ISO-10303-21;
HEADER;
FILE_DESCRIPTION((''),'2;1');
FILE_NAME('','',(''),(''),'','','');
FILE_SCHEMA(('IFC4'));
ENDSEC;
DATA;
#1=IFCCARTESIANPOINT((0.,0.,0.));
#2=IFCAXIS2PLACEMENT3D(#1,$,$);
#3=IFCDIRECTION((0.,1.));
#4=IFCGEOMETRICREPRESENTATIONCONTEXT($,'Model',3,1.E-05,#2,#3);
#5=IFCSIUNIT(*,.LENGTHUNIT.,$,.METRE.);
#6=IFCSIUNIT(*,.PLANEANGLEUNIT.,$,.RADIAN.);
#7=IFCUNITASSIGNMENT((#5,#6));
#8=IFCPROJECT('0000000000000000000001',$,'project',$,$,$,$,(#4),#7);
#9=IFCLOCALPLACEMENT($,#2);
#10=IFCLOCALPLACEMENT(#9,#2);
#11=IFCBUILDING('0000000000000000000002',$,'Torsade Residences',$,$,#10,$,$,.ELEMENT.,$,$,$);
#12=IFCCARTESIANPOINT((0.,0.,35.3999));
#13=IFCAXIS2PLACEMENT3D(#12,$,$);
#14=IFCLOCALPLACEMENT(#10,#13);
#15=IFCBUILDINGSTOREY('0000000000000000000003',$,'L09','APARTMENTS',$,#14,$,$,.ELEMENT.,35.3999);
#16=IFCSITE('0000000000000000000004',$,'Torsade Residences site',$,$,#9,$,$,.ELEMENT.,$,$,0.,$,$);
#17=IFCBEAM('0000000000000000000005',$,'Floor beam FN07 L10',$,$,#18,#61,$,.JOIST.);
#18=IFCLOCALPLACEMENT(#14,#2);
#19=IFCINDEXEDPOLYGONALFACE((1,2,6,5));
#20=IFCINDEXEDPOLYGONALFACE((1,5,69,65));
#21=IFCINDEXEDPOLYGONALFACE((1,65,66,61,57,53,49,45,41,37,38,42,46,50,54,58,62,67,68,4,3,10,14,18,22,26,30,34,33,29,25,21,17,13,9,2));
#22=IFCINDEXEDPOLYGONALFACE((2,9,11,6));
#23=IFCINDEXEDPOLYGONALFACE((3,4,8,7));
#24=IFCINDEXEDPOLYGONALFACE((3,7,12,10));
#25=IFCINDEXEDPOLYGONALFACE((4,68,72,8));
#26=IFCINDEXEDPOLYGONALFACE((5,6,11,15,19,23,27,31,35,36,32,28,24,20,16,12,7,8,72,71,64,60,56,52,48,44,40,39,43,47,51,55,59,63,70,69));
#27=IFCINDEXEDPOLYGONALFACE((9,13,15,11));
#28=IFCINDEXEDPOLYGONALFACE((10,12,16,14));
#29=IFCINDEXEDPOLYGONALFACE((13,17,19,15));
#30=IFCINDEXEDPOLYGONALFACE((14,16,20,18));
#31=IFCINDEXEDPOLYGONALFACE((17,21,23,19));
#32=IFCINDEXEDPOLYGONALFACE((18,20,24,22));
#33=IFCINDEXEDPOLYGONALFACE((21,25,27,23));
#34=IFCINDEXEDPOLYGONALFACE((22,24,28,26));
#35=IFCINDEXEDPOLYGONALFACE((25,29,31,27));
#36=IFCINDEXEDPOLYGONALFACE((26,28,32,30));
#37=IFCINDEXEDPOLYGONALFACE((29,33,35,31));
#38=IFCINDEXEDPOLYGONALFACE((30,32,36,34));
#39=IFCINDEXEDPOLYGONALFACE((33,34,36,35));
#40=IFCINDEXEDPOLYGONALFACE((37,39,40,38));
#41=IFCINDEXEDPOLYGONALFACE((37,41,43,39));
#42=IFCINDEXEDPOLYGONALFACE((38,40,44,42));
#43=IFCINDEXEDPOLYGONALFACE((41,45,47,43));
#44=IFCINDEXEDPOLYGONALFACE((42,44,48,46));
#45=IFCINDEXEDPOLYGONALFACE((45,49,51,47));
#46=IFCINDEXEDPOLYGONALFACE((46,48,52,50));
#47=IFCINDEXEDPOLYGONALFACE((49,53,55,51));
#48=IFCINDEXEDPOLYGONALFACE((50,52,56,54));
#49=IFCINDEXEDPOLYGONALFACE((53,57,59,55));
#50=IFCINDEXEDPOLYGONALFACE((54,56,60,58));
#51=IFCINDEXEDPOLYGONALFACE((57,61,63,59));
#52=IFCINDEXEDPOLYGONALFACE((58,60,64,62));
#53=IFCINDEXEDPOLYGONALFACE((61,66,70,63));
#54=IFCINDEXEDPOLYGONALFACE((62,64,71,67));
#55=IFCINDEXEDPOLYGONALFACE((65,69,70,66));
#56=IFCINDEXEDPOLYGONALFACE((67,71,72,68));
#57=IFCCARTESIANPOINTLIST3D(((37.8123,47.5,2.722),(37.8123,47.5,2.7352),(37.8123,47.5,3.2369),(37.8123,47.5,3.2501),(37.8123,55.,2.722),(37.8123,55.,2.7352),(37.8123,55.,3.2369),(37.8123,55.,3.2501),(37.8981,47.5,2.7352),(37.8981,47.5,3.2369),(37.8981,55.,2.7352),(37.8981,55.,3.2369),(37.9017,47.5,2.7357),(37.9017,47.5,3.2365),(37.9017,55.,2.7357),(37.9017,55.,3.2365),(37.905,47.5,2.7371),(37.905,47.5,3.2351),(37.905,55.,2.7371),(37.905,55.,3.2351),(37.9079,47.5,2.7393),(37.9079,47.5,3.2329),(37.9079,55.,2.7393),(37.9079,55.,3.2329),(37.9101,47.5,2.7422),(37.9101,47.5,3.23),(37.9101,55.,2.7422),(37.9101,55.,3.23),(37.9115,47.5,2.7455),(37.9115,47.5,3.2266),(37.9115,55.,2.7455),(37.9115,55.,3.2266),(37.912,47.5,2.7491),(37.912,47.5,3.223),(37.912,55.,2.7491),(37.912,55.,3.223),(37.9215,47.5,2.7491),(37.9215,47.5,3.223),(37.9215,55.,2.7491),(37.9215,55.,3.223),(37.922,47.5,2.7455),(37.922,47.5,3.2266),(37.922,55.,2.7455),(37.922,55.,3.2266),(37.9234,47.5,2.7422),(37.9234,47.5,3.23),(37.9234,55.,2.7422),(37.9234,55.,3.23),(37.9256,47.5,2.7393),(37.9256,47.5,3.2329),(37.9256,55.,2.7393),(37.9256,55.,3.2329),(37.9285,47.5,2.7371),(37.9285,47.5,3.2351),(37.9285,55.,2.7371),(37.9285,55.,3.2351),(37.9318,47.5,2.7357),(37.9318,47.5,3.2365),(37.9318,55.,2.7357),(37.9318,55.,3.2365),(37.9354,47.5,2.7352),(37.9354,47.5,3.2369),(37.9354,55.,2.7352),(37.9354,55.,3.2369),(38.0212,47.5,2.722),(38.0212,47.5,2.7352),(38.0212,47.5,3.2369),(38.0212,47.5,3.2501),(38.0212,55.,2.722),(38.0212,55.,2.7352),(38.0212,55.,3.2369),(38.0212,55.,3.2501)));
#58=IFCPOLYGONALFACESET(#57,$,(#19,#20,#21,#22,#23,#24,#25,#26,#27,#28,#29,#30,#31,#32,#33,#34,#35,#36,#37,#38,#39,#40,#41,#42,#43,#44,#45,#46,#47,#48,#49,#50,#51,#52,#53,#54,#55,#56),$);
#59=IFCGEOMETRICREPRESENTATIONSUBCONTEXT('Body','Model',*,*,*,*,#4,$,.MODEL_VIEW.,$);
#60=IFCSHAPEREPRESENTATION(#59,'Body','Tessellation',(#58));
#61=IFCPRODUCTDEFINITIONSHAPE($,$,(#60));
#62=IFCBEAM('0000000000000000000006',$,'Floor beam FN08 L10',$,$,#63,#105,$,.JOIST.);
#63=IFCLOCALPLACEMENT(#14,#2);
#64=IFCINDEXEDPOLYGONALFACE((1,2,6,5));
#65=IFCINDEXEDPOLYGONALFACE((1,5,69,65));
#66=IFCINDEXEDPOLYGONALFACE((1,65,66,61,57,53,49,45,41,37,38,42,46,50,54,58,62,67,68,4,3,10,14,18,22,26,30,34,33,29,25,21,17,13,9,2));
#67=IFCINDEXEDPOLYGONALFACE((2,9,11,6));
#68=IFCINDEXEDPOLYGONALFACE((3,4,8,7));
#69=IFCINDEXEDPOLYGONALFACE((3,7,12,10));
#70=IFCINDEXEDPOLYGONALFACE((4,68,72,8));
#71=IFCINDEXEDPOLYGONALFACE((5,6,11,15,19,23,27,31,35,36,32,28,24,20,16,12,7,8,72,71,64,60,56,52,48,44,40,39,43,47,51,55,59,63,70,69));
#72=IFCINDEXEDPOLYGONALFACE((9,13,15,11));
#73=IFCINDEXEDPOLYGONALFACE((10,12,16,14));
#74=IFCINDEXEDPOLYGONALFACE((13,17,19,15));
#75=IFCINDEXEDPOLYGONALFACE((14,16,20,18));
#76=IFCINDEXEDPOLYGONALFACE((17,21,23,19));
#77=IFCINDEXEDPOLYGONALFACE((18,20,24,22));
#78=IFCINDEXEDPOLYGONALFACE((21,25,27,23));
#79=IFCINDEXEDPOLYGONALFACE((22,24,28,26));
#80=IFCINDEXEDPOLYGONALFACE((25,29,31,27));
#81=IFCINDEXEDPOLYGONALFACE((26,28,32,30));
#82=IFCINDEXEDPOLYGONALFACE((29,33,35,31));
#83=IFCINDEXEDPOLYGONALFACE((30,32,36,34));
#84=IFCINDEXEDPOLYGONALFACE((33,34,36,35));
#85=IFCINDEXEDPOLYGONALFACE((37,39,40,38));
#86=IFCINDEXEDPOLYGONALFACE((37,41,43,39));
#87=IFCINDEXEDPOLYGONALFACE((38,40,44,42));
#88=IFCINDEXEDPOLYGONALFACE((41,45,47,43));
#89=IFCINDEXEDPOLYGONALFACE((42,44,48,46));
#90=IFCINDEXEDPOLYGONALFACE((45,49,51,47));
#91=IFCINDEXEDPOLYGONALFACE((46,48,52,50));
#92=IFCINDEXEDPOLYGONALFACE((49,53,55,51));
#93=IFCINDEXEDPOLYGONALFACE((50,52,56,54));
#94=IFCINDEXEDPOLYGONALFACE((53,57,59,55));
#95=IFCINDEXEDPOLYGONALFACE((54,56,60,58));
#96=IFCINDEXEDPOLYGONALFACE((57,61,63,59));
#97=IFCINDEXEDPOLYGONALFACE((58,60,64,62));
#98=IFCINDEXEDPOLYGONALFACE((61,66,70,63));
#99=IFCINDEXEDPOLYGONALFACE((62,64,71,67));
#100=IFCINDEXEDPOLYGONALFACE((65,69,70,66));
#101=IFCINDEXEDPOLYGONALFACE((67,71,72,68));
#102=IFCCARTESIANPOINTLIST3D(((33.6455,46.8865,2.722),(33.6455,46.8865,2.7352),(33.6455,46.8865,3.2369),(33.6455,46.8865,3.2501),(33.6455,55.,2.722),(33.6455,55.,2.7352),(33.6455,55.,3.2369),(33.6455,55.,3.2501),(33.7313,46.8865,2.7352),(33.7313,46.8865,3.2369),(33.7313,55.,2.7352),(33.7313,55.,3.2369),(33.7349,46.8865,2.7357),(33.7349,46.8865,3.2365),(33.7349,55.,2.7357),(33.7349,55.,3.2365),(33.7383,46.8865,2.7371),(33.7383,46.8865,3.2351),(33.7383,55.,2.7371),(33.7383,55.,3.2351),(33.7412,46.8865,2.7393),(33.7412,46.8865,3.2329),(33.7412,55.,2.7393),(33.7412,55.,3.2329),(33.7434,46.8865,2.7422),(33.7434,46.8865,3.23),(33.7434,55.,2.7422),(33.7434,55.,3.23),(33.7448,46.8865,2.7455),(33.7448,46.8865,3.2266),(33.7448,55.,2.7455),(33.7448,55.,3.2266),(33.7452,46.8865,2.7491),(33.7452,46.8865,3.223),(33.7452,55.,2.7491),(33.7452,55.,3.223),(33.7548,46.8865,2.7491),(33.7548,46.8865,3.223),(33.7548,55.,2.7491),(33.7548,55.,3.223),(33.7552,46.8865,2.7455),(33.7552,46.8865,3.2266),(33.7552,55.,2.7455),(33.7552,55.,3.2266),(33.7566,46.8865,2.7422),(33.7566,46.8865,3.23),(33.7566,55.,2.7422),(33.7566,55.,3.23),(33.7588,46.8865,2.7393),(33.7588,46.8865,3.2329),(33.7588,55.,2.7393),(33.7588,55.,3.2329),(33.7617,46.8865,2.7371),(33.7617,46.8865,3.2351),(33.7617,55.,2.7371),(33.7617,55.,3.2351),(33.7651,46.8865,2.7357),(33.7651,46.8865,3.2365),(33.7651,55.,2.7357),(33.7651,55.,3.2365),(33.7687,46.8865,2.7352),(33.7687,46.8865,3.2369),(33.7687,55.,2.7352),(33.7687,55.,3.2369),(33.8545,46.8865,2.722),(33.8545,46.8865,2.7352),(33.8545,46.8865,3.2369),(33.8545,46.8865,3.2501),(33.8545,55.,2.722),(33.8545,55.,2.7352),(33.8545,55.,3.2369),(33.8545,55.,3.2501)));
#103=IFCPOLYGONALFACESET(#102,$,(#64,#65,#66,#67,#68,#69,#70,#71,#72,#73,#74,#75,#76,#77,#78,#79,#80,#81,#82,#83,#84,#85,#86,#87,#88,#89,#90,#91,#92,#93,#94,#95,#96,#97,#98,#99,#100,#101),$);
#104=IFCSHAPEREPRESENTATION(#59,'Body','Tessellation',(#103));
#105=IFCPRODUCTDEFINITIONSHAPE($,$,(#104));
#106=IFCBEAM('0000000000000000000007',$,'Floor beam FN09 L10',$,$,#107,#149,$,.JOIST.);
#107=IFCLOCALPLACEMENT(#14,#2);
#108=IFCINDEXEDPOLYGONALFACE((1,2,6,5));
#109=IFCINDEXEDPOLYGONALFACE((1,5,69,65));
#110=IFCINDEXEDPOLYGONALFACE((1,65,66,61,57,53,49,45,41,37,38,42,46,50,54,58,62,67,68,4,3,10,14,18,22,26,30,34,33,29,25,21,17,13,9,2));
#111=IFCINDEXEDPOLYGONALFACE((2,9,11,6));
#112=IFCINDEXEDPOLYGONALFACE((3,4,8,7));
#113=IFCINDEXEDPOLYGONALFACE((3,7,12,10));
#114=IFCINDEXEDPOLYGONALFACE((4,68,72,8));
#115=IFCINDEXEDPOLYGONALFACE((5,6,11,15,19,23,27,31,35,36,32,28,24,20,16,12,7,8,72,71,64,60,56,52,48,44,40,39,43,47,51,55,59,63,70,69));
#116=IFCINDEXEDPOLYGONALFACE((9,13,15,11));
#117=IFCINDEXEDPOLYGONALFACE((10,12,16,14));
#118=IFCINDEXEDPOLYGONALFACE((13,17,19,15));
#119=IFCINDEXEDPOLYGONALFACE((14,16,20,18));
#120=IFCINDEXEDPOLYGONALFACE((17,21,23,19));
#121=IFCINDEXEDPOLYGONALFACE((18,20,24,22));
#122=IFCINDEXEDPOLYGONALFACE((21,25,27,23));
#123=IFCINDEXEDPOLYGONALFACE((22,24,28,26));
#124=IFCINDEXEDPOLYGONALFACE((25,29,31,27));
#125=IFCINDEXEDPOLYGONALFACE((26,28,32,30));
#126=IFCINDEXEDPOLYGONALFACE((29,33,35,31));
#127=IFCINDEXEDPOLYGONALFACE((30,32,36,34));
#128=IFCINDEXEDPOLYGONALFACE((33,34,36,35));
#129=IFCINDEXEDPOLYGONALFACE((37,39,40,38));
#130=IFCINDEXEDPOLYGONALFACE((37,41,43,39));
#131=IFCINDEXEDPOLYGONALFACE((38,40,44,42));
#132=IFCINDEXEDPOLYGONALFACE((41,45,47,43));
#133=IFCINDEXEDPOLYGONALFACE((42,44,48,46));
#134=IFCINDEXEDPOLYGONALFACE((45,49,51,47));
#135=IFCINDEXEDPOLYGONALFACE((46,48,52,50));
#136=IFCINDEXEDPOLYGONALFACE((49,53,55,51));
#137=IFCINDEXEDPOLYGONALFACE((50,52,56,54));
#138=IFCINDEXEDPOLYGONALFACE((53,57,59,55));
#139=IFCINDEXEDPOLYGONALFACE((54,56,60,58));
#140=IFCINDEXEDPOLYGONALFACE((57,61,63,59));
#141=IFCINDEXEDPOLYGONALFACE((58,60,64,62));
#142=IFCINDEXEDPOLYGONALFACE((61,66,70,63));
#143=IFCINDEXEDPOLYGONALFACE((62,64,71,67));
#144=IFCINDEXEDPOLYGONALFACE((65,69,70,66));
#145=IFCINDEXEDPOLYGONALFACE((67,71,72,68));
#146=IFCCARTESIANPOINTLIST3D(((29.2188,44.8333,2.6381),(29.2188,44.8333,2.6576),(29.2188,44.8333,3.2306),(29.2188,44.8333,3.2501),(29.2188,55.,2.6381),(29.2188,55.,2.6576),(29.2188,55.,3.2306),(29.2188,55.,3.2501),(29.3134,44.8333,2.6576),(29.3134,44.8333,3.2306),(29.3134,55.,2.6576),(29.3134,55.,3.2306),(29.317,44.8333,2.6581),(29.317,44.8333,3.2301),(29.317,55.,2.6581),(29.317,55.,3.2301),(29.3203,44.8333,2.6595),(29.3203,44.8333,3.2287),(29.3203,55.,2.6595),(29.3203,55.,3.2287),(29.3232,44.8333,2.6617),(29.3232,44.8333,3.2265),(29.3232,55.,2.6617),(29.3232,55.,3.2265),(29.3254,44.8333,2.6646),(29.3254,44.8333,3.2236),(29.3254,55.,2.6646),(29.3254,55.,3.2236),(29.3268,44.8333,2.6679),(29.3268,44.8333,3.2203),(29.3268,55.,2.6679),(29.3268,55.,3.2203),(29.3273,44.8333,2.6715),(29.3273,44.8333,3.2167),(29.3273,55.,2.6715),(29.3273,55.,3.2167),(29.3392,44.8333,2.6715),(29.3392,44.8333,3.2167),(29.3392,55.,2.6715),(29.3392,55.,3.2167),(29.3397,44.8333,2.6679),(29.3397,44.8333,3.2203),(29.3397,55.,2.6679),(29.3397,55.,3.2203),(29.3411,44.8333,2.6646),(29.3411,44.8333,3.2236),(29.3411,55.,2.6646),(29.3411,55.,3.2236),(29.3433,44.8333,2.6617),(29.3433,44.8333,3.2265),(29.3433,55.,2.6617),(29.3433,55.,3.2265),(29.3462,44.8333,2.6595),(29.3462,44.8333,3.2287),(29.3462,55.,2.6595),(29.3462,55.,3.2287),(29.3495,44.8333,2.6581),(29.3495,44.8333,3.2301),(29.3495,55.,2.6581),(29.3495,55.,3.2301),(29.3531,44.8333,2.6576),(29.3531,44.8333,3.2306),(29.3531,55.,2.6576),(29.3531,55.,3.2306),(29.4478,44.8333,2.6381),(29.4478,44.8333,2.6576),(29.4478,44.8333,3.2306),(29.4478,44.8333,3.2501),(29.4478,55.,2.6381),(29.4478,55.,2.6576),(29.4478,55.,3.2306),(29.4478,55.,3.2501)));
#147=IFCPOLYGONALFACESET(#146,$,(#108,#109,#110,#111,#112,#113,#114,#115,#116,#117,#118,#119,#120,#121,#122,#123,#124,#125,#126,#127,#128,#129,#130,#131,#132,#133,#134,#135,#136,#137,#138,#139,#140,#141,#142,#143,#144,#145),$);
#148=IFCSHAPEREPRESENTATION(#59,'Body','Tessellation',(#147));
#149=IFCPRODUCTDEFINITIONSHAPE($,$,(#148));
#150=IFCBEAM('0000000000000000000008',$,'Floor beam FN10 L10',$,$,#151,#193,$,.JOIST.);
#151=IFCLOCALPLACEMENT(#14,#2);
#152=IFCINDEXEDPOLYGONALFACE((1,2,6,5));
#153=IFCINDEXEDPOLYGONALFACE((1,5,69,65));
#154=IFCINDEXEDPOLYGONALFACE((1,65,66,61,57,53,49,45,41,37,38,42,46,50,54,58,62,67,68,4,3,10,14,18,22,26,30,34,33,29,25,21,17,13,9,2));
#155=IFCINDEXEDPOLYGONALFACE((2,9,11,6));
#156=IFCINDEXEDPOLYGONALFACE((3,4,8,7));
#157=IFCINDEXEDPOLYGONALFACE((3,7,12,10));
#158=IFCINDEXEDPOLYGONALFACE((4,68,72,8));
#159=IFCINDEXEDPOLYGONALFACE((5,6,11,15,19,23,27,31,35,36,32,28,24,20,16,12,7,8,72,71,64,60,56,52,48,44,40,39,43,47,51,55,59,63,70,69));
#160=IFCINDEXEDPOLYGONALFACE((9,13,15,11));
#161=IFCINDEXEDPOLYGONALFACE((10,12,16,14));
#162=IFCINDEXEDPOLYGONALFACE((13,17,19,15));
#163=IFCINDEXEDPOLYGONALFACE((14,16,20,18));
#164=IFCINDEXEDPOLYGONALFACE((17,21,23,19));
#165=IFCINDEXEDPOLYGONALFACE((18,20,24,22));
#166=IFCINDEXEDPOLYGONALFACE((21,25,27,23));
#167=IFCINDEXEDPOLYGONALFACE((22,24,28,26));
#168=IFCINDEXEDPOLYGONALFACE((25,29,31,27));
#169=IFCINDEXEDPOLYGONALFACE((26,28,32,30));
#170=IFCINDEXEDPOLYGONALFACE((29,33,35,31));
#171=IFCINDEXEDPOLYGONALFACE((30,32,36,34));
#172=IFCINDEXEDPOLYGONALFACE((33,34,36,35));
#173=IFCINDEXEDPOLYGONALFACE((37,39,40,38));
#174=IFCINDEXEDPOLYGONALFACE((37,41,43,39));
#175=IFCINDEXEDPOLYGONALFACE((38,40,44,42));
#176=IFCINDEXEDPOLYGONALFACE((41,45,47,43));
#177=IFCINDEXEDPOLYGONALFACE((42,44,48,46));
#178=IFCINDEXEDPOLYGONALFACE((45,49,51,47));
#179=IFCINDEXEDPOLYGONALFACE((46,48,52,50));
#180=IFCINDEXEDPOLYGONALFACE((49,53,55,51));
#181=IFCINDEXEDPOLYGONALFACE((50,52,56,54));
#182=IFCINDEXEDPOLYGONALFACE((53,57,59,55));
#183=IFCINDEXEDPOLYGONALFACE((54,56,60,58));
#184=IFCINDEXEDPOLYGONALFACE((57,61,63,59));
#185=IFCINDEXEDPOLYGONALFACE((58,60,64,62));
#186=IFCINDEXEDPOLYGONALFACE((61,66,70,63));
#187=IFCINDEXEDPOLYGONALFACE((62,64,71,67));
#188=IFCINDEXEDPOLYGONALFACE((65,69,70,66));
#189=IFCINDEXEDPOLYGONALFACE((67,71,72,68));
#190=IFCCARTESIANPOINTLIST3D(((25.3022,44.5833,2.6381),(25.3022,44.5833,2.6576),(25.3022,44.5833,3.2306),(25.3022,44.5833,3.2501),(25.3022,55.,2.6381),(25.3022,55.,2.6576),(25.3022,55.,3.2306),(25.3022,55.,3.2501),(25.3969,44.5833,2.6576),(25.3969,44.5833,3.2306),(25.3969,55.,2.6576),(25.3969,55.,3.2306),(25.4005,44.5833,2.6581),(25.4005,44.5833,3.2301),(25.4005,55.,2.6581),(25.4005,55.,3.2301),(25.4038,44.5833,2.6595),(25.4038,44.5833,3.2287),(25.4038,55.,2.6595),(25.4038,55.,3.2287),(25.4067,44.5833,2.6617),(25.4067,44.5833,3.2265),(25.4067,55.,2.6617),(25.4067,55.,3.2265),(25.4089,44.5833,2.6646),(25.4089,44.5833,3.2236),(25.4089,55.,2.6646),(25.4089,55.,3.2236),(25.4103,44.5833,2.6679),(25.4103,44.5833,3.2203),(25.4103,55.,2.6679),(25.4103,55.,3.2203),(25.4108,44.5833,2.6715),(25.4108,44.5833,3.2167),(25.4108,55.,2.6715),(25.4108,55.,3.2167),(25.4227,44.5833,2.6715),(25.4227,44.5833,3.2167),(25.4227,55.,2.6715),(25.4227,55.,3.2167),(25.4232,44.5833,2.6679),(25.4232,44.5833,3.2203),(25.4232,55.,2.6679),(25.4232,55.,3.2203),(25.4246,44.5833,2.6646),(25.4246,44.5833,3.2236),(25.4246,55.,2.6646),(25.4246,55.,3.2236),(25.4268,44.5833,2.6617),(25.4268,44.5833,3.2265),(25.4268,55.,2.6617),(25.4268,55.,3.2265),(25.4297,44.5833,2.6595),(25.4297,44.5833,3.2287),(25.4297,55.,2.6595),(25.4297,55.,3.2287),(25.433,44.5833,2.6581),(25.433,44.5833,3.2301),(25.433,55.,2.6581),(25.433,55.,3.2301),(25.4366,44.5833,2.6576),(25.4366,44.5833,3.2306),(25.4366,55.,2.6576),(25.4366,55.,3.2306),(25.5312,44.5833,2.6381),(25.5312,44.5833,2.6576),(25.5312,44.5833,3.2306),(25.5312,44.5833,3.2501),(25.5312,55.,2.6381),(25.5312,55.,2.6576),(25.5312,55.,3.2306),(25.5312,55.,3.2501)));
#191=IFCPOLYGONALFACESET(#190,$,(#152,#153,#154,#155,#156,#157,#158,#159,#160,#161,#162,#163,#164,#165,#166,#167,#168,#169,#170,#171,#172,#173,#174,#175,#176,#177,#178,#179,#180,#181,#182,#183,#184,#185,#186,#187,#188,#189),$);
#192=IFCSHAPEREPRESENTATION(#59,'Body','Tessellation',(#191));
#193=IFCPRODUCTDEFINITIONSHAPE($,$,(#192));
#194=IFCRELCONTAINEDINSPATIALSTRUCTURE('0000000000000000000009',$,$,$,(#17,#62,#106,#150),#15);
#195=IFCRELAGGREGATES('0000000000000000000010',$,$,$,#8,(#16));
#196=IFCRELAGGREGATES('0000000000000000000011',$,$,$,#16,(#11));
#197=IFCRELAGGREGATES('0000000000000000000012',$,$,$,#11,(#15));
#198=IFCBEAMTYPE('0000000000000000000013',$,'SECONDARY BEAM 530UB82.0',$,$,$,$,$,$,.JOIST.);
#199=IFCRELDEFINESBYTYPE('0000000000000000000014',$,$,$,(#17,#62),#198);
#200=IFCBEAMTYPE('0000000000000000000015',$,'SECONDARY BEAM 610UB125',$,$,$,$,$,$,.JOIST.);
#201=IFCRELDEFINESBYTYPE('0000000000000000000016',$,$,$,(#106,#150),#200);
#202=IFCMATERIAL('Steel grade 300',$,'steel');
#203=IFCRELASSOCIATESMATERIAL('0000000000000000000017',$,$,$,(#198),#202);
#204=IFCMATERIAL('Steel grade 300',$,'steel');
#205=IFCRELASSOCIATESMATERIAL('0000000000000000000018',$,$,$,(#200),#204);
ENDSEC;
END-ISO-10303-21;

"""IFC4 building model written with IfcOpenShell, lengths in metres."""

from ifc_helpers import new_model, si_unit, direction, frame, origin, origin_2d, place, context, subcontext, project, spatial, i_section, extrude, material, material_profile, profile_set, type_object, element, save


model = new_model("IFC4")

# Units and contexts
model_context = context("Model", 3, precision=1e-05, world=origin(), true_north=direction((0.0, 1.0)))
body_context = subcontext(model_context, "Body", "Model", "MODEL_VIEW")
ifc_project = project(units=[si_unit("LENGTHUNIT", "METRE"), si_unit("PLANEANGLEUNIT", "RADIAN")], contexts=[model_context])

# Site, building, storey
site_placement = place(None, origin())
site = spatial("IfcSite", under=ifc_project, at=site_placement, Name="Torsade Residences site", CompositionType="ELEMENT", RefElevation=0.0)
building_placement = place(site_placement, origin())
building = spatial("IfcBuilding", under=site, at=building_placement, Name="Torsade Residences", CompositionType="ELEMENT")
storey_placement = place(building_placement, frame((0.0, 0.0, 35.3999)))
storey = spatial("IfcBuildingStorey", under=building, at=storey_placement, Name="L09", Description="APARTMENTS", CompositionType="ELEMENT", Elevation=35.3999)

# Beams
ifc_material_1 = material(Name="Steel grade 300", Category="steel")
ifc_material_profile_1 = material_profile(ifc_material_1, i_section(OverallWidth=0.209, OverallDepth=0.5281, WebThickness=0.0095, FlangeThickness=0.0132, FilletRadius=0.0139, at=origin_2d()), Name="530UB82.0")
ifc_profile_set_1 = profile_set([ifc_material_profile_1], Name="Steel grade 300")
beam_type_1 = type_object("IfcBeamType", Name="SECONDARY BEAM 530UB82.0", PredefinedType="JOIST", material=ifc_profile_set_1)
beam_1_placement = place(storey_placement, frame((37.9167, 55.0, 2.9861), z_axis=(0.0, -1.0, 0.0), x_axis=(1.0, 0.0, 0.0)))
element("IfcBeam", 1, at=beam_1_placement, inside=storey, type_object=beam_type_1, Name="Floor beam FN07 L10", PredefinedType="JOIST", context=body_context, shape_type="SweptSolid", body=[
    extrude(i_section(OverallWidth=0.209, OverallDepth=0.5281, WebThickness=0.0095, FlangeThickness=0.0132, FilletRadius=0.0139, at=origin_2d()), origin(), (0.0, 0.0, 1.0), 7.5),
])
beam_2_placement = place(storey_placement, frame((33.75, 55.0, 2.9861), z_axis=(0.0, -1.0, 0.0), x_axis=(1.0, 0.0, 0.0)))
element("IfcBeam", 2, at=beam_2_placement, inside=storey, type_object=beam_type_1, Name="Floor beam FN08 L10", PredefinedType="JOIST", context=body_context, shape_type="SweptSolid", body=[
    extrude(i_section(OverallWidth=0.209, OverallDepth=0.5281, WebThickness=0.0095, FlangeThickness=0.0132, FilletRadius=0.0139, at=origin_2d()), origin(), (0.0, 0.0, 1.0), 8.1135),
])
ifc_material_2 = material(Name="Steel grade 300", Category="steel")
ifc_material_profile_2 = material_profile(ifc_material_2, i_section(OverallWidth=0.229, OverallDepth=0.6121, WebThickness=0.012, FlangeThickness=0.0195, FilletRadius=0.0139, at=origin_2d()), Name="610UB125")
ifc_profile_set_2 = profile_set([ifc_material_profile_2], Name="Steel grade 300")
beam_type_2 = type_object("IfcBeamType", Name="SECONDARY BEAM 610UB125", PredefinedType="JOIST", material=ifc_profile_set_2)
beam_3_placement = place(storey_placement, frame((29.3333, 55.0, 2.9441), z_axis=(0.0, -1.0, 0.0), x_axis=(1.0, 0.0, 0.0)))
element("IfcBeam", 3, at=beam_3_placement, inside=storey, type_object=beam_type_2, Name="Floor beam FN09 L10", PredefinedType="JOIST", context=body_context, shape_type="SweptSolid", body=[
    extrude(i_section(OverallWidth=0.229, OverallDepth=0.6121, WebThickness=0.012, FlangeThickness=0.0195, FilletRadius=0.0139, at=origin_2d()), origin(), (0.0, 0.0, 1.0), 10.1667),
])
beam_4_placement = place(storey_placement, frame((25.4167, 55.0, 2.9441), z_axis=(0.0, -1.0, 0.0), x_axis=(1.0, 0.0, 0.0)))
element("IfcBeam", 4, at=beam_4_placement, inside=storey, type_object=beam_type_2, Name="Floor beam FN10 L10", PredefinedType="JOIST", context=body_context, shape_type="SweptSolid", body=[
    extrude(i_section(OverallWidth=0.229, OverallDepth=0.6121, WebThickness=0.012, FlangeThickness=0.0195, FilletRadius=0.0139, at=origin_2d()), origin(), (0.0, 0.0, 1.0), 10.4167),
])

save(model, "model.ifc")
